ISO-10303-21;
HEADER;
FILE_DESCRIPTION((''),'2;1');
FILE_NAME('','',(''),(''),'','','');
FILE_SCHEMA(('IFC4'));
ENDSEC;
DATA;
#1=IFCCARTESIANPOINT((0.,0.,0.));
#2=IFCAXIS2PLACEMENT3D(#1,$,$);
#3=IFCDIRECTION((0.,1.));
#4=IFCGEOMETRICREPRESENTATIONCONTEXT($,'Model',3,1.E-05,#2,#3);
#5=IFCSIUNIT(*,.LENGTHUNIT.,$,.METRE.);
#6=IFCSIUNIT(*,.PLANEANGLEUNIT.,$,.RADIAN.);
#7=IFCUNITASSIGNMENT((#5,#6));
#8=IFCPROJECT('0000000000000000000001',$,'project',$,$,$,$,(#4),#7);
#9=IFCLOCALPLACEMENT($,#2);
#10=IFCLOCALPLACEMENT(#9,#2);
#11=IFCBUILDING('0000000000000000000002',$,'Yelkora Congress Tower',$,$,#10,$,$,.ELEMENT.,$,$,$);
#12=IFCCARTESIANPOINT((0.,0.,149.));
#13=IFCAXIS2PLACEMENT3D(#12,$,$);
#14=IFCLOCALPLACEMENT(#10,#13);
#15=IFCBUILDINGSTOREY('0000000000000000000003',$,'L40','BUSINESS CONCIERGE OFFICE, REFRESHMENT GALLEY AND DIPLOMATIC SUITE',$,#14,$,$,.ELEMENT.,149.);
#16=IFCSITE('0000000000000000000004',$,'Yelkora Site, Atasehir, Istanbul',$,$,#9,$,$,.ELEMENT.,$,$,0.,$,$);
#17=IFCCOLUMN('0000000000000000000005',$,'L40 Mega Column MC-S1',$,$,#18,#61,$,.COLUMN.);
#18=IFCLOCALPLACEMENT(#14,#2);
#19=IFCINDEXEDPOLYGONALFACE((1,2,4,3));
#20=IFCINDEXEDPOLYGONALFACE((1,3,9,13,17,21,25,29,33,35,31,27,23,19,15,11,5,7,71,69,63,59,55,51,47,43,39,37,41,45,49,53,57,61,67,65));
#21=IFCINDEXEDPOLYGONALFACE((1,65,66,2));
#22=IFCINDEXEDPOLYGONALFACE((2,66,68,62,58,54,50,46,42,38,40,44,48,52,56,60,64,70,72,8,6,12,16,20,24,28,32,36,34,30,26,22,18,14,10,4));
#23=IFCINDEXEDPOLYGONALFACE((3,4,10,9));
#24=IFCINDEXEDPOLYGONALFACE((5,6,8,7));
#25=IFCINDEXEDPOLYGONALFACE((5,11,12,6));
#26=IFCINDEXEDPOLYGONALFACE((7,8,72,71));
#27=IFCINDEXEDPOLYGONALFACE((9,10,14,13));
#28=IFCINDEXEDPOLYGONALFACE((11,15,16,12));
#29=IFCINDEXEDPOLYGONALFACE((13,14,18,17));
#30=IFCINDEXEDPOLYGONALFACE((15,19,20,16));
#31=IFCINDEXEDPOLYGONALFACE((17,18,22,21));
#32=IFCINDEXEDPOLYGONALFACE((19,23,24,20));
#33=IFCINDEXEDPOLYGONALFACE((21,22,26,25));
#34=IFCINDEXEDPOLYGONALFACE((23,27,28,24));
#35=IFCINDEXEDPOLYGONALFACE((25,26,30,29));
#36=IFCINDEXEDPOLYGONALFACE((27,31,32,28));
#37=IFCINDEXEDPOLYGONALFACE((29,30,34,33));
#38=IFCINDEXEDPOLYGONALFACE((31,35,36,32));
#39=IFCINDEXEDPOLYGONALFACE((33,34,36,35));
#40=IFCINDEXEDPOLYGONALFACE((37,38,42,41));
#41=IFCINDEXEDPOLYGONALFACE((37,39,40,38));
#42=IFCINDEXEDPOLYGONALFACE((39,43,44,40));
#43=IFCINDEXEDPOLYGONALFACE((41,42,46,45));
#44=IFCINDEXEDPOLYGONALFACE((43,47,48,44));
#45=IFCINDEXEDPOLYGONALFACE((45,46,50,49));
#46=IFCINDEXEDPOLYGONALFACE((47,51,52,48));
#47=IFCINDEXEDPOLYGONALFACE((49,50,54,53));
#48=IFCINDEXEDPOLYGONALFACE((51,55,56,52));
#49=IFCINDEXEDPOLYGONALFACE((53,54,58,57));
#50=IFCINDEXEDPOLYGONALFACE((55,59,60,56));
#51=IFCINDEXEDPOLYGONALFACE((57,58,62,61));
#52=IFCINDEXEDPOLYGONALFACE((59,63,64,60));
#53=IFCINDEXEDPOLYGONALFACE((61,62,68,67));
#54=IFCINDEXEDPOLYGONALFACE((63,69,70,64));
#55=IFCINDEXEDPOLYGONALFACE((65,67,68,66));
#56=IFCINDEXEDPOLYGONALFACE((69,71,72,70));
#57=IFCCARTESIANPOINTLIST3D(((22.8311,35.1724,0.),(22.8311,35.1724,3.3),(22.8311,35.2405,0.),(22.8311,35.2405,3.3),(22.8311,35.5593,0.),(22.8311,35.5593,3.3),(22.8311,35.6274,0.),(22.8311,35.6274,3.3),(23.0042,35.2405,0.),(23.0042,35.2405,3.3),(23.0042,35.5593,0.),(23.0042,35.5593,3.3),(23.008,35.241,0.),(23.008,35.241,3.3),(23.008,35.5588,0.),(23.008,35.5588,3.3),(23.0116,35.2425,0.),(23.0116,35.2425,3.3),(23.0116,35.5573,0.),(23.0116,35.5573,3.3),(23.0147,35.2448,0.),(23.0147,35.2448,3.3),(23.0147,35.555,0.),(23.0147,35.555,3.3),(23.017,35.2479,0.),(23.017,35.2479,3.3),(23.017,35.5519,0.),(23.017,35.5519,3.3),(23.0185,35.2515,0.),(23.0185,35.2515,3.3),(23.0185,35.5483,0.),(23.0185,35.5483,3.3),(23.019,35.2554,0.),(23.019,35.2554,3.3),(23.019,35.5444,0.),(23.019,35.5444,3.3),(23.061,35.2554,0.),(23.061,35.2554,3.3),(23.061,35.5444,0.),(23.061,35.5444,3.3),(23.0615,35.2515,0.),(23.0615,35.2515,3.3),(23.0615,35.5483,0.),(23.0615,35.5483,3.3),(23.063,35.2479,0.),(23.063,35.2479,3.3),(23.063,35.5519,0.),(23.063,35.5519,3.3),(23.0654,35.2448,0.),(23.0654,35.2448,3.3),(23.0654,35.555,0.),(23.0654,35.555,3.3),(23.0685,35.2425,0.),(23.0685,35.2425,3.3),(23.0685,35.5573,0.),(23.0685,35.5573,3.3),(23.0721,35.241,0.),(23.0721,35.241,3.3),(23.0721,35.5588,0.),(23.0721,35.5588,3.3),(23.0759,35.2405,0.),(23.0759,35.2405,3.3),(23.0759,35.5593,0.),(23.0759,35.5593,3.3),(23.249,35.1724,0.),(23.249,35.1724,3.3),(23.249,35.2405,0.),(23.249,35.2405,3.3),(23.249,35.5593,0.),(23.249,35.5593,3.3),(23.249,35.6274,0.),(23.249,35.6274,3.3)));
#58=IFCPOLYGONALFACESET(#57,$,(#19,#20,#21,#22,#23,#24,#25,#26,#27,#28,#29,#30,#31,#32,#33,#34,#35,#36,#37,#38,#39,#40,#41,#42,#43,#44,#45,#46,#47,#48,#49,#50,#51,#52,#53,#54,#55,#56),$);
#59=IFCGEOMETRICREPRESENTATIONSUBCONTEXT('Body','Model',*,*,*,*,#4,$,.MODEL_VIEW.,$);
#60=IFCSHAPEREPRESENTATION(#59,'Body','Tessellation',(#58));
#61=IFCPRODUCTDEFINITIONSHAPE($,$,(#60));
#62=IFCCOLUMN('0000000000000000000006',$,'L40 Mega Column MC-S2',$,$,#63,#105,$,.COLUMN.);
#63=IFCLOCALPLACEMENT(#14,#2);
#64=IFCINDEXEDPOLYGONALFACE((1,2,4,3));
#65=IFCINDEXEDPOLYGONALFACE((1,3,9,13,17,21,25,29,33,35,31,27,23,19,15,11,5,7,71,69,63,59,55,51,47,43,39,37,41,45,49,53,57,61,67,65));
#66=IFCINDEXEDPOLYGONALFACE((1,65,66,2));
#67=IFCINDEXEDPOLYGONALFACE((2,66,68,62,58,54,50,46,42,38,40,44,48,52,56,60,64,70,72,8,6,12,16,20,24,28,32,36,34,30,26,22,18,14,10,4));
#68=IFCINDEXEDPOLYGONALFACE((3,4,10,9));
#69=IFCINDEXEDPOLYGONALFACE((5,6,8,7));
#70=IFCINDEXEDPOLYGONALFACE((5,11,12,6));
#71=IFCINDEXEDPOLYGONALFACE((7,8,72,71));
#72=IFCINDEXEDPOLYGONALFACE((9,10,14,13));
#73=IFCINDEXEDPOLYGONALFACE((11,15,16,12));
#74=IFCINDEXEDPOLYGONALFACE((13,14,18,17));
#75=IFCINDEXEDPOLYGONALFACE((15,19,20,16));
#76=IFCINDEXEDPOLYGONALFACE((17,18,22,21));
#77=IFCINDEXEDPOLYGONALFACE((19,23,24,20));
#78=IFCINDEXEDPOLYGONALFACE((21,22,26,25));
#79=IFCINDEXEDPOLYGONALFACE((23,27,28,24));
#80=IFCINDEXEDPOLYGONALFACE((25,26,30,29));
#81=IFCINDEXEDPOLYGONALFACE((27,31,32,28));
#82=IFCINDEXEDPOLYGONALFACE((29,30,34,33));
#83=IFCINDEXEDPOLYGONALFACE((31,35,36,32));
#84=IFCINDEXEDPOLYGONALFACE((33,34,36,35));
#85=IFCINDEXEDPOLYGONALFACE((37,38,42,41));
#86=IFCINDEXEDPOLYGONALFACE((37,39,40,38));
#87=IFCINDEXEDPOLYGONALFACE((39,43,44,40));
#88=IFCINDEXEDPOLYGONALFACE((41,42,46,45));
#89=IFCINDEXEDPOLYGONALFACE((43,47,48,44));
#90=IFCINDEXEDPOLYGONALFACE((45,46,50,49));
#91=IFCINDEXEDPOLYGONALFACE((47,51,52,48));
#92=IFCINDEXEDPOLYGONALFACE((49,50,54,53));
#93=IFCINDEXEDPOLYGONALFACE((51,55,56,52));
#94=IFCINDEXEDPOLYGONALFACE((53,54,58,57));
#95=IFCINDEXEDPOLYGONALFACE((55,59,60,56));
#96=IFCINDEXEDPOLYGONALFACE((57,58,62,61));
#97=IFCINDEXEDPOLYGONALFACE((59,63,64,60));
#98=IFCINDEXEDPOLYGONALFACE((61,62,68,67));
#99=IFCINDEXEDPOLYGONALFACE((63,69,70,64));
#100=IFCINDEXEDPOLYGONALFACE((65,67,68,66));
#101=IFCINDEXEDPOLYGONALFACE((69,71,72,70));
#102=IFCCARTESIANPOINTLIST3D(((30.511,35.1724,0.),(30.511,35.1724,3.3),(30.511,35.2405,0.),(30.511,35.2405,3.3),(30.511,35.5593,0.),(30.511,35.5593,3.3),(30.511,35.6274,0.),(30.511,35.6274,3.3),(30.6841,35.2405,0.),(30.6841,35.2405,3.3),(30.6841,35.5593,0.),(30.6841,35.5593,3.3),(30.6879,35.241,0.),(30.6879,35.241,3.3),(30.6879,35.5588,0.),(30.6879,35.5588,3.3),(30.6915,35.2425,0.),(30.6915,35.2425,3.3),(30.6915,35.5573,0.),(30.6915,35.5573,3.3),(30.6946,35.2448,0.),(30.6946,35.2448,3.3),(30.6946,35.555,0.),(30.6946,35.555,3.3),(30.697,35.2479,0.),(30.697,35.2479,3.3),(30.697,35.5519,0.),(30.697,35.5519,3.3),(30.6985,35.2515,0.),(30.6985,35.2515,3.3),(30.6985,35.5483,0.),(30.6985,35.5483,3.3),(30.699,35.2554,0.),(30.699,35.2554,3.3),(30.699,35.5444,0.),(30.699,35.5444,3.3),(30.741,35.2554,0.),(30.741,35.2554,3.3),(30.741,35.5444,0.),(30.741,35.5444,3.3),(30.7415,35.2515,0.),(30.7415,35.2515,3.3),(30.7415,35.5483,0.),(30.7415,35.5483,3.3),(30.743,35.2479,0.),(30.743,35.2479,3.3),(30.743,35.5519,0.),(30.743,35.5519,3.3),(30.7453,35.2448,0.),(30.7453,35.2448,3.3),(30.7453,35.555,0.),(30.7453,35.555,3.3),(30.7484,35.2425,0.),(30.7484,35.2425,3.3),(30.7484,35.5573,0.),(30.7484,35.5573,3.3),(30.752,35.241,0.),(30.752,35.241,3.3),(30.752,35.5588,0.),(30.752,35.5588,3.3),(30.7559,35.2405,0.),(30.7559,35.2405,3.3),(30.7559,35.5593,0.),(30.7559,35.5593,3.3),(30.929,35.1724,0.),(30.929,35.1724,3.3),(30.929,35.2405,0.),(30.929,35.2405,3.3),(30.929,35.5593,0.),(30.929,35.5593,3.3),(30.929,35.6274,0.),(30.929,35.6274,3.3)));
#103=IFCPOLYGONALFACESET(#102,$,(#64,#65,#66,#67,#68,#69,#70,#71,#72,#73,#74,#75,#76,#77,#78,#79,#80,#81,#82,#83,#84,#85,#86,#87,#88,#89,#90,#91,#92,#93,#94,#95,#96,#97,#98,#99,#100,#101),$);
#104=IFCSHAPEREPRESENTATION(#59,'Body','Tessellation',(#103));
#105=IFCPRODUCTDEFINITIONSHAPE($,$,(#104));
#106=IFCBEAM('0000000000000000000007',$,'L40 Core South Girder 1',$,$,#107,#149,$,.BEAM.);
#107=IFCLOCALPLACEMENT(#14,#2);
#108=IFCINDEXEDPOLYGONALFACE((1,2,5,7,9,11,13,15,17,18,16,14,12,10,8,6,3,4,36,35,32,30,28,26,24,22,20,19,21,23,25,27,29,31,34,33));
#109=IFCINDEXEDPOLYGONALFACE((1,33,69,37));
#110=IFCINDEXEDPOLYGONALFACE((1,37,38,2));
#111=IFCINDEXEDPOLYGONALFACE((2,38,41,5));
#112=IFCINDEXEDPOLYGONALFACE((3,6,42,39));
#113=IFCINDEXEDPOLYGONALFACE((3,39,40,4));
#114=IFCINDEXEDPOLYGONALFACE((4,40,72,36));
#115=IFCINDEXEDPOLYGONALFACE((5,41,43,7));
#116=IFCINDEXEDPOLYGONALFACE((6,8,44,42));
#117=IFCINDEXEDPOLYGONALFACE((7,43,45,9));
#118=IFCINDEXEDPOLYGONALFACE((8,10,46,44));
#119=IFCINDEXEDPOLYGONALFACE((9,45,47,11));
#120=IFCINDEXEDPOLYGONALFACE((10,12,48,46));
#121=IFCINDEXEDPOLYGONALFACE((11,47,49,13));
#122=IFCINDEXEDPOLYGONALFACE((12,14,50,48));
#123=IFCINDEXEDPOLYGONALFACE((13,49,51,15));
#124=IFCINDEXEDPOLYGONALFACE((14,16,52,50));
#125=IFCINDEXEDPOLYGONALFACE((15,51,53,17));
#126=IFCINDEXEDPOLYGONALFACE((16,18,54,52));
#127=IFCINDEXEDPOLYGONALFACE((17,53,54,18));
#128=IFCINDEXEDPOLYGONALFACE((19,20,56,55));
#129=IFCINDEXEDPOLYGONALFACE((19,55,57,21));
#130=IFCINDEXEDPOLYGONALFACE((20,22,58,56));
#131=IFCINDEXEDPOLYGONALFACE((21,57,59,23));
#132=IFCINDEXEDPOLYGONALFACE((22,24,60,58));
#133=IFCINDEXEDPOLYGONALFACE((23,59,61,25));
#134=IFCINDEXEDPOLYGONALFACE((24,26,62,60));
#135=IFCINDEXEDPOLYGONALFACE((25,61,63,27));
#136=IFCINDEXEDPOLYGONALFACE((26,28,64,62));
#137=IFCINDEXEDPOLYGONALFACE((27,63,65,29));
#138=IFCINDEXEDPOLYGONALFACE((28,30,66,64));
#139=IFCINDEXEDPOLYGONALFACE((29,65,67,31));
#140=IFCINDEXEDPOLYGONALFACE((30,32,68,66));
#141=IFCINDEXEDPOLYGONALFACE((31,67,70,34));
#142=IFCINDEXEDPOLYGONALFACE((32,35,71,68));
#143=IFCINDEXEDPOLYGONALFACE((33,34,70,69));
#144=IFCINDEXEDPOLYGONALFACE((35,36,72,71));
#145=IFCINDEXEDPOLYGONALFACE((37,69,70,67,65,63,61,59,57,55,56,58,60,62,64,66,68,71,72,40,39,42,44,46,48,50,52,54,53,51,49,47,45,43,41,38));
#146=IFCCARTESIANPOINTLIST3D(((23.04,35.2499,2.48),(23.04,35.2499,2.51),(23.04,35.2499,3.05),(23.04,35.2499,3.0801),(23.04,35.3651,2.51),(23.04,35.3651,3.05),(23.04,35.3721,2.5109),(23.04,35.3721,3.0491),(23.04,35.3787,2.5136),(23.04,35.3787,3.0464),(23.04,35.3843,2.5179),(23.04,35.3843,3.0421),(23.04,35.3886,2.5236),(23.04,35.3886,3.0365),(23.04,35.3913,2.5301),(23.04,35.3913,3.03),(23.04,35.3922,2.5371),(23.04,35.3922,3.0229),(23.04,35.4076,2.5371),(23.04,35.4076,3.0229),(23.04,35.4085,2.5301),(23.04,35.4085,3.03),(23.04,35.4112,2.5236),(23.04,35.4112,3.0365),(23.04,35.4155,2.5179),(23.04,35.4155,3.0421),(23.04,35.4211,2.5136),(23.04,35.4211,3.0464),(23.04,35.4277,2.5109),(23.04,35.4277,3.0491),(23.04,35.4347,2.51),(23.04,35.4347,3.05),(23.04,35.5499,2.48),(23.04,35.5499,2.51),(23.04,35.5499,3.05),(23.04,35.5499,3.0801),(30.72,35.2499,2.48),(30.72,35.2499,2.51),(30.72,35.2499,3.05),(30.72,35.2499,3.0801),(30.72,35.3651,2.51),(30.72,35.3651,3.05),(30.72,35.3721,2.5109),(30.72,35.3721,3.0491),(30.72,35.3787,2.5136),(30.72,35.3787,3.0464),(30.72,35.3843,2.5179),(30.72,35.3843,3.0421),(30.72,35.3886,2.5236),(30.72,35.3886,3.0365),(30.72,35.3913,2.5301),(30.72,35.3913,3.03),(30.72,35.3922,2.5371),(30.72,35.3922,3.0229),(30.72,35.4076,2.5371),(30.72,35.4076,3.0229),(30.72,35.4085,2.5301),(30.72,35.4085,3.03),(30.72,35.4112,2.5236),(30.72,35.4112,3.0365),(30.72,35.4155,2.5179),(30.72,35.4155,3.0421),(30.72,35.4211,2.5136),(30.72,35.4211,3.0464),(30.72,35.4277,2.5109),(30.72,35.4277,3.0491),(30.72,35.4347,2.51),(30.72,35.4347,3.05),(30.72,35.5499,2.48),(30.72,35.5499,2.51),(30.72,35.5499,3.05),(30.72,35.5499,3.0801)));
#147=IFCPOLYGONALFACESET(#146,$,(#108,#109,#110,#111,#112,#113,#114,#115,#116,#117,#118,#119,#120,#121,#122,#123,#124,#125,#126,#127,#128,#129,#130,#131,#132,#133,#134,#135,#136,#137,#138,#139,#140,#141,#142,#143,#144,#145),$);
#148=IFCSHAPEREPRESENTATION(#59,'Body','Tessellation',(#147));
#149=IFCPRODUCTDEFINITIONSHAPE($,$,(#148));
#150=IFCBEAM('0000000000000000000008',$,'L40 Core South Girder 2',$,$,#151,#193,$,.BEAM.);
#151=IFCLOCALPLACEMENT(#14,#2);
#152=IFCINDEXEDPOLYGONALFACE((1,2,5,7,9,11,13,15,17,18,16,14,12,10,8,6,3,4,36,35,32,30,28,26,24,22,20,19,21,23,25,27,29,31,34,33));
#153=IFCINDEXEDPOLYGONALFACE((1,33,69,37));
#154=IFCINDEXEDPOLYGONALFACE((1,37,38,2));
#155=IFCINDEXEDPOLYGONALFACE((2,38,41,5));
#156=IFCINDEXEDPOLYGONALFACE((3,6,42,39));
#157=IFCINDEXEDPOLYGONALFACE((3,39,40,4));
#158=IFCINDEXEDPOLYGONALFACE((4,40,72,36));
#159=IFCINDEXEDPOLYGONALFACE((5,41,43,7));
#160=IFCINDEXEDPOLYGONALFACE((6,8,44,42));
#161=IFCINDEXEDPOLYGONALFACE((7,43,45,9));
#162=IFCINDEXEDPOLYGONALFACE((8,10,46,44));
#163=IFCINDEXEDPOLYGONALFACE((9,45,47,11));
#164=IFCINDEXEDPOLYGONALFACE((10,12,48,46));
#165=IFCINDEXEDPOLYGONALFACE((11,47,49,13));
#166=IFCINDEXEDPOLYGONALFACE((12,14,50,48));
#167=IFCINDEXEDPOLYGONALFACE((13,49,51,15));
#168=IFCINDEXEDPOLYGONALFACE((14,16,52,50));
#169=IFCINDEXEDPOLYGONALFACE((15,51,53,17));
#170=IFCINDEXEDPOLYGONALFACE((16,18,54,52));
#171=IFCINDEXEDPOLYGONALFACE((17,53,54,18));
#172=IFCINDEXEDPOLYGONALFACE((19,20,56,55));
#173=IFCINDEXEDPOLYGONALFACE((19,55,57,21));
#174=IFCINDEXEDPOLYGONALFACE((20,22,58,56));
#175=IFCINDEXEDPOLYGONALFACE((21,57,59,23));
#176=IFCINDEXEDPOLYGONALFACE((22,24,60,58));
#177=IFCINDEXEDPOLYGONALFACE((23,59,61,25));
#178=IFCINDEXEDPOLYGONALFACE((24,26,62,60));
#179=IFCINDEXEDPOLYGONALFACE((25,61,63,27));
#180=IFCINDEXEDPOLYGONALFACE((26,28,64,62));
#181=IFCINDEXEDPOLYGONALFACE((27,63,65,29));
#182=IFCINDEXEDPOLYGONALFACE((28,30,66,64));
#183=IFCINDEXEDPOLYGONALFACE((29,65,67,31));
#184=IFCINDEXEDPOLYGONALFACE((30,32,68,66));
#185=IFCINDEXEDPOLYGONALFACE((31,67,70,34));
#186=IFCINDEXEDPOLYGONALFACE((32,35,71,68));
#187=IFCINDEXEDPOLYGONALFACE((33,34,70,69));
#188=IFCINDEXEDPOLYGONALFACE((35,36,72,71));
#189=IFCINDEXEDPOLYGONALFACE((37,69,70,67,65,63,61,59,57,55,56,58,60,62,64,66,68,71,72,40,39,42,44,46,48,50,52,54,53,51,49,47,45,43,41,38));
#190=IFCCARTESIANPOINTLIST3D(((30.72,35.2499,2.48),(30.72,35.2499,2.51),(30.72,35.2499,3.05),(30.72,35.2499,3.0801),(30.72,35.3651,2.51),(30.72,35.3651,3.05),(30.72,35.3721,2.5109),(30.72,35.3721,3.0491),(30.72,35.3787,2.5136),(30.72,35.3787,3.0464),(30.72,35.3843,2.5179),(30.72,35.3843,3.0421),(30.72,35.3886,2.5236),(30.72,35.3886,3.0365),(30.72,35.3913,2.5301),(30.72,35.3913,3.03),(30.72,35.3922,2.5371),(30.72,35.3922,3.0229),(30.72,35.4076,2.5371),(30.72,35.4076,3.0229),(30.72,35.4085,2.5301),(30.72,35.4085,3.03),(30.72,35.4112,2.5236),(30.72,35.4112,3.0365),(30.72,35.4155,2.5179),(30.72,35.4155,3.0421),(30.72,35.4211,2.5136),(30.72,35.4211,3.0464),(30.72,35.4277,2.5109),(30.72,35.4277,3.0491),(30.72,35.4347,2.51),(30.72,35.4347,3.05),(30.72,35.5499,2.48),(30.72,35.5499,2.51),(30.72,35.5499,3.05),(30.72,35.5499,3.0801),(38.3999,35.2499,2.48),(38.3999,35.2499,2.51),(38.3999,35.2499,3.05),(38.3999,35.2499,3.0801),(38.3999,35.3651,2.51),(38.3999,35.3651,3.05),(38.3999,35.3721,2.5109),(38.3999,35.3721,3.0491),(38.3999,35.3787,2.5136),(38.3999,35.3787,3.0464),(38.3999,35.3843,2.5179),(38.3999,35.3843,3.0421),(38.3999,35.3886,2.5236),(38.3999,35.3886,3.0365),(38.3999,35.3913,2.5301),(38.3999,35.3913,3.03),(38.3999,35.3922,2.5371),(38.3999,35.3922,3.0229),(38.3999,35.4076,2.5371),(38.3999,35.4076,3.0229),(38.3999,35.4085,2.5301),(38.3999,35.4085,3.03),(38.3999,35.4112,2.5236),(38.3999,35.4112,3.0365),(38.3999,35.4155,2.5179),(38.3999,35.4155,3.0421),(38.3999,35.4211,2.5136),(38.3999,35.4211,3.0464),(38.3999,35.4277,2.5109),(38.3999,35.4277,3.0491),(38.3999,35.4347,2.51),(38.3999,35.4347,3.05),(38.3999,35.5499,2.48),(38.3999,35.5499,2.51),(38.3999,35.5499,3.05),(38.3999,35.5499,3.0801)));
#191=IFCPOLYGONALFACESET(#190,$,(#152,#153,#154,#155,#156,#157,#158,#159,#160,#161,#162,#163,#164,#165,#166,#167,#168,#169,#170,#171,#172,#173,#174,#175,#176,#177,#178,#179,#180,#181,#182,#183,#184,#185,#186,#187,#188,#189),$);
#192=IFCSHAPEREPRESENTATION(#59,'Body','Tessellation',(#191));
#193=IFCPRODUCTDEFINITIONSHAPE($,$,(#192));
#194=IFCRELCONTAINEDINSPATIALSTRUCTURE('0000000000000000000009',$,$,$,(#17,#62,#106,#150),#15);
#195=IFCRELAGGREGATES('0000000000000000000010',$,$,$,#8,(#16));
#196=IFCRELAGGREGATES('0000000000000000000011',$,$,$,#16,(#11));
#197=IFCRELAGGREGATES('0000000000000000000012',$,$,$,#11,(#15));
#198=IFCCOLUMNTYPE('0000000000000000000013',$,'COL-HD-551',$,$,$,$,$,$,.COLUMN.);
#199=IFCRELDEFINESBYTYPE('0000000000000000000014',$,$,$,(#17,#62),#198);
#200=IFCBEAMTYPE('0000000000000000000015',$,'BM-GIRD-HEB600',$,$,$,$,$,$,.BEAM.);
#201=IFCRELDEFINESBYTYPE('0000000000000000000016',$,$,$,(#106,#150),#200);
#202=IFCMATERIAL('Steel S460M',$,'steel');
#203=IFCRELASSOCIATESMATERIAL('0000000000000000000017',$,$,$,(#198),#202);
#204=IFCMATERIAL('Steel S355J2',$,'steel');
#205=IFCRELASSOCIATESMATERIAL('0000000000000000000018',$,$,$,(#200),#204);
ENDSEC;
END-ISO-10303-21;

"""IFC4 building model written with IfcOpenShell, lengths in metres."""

from ifc_helpers import new_model, si_unit, direction, frame, origin, origin_2d, place, context, subcontext, project, spatial, i_section, extrude, material, material_profile, profile_set, type_object, element, save


model = new_model("IFC4")

# Units and contexts
model_context = context("Model", 3, precision=1e-05, world=origin(), true_north=direction((0.0, 1.0)))
body_context = subcontext(model_context, "Body", "Model", "MODEL_VIEW")
ifc_project = project(units=[si_unit("LENGTHUNIT", "METRE"), si_unit("PLANEANGLEUNIT", "RADIAN")], contexts=[model_context])

# Site, building, storey
site_placement = place(None, origin())
site = spatial("IfcSite", under=ifc_project, at=site_placement, Name="Yelkora Site, Atasehir, Istanbul", CompositionType="ELEMENT", RefElevation=0.0)
building_placement = place(site_placement, origin())
building = spatial("IfcBuilding", under=site, at=building_placement, Name="Yelkora Congress Tower", CompositionType="ELEMENT")
storey_placement = place(building_placement, frame((0.0, 0.0, 149.0)))
storey = spatial("IfcBuildingStorey", under=building, at=storey_placement, Name="L40", Description="BUSINESS CONCIERGE OFFICE, REFRESHMENT GALLEY AND DIPLOMATIC SUITE", CompositionType="ELEMENT", Elevation=149.0)

# Columns
ifc_material_1 = material(Name="Steel S460M", Category="steel")
ifc_material_profile_1 = material_profile(ifc_material_1, i_section(OverallWidth=0.418, OverallDepth=0.4551, WebThickness=0.042, FlangeThickness=0.0681, FilletRadius=0.0149, at=origin_2d()), Name="HD 400x551")
ifc_profile_set_1 = profile_set([ifc_material_profile_1], Name="Steel S460M")
column_type = type_object("IfcColumnType", Name="COL-HD-551", PredefinedType="COLUMN", material=ifc_profile_set_1)
for number, where, z_axis, x_axis, name in (
    (1, (23.04, 35.3999, 0.0), (0.0, 0.0, 1.0), (1.0, 0.0, 0.0), "L40 Mega Column MC-S1"),
    (2, (30.72, 35.3999, 0.0), (0.0, 0.0, 1.0), (1.0, 0.0, 0.0), "L40 Mega Column MC-S2"),
):
    element("IfcColumn", number, at=place(storey_placement, frame(where, z_axis=z_axis, x_axis=x_axis)), inside=storey, type_object=column_type, Name=name, PredefinedType="COLUMN", context=body_context, shape_type="SweptSolid", body=[
        extrude(i_section(OverallWidth=0.418, OverallDepth=0.4551, WebThickness=0.042, FlangeThickness=0.0681, FilletRadius=0.0149, at=origin_2d()), origin(), (0.0, 0.0, 1.0), 3.3),
    ])

# Beams
ifc_material_2 = material(Name="Steel S355J2", Category="steel")
ifc_material_profile_2 = material_profile(ifc_material_2, i_section(OverallWidth=0.3, OverallDepth=0.6001, WebThickness=0.0154, FlangeThickness=0.03, FilletRadius=0.0271, at=origin_2d()), Name="HEB 600")
ifc_profile_set_2 = profile_set([ifc_material_profile_2], Name="Steel S355J2")
beam_type_1 = type_object("IfcBeamType", Name="BM-GIRD-HEB600", PredefinedType="BEAM", material=ifc_profile_set_2)
for number, where, z_axis, x_axis, name in (
    (3, (23.04, 35.3999, 2.78), (1.0, 0.0, 0.0), (0.0, 1.0, 0.0), "L40 Core South Girder 1"),
    (4, (30.72, 35.3999, 2.78), (1.0, 0.0, 0.0), (0.0, 1.0, 0.0), "L40 Core South Girder 2"),
):
    element("IfcBeam", number, at=place(storey_placement, frame(where, z_axis=z_axis, x_axis=x_axis)), inside=storey, type_object=beam_type_1, Name=name, PredefinedType="BEAM", context=body_context, shape_type="SweptSolid", body=[
        extrude(i_section(OverallWidth=0.3, OverallDepth=0.6001, WebThickness=0.0154, FlangeThickness=0.03, FilletRadius=0.0271, at=origin_2d()), origin(), (0.0, 0.0, 1.0), 7.6799),
    ])

save(model, "model.ifc")
